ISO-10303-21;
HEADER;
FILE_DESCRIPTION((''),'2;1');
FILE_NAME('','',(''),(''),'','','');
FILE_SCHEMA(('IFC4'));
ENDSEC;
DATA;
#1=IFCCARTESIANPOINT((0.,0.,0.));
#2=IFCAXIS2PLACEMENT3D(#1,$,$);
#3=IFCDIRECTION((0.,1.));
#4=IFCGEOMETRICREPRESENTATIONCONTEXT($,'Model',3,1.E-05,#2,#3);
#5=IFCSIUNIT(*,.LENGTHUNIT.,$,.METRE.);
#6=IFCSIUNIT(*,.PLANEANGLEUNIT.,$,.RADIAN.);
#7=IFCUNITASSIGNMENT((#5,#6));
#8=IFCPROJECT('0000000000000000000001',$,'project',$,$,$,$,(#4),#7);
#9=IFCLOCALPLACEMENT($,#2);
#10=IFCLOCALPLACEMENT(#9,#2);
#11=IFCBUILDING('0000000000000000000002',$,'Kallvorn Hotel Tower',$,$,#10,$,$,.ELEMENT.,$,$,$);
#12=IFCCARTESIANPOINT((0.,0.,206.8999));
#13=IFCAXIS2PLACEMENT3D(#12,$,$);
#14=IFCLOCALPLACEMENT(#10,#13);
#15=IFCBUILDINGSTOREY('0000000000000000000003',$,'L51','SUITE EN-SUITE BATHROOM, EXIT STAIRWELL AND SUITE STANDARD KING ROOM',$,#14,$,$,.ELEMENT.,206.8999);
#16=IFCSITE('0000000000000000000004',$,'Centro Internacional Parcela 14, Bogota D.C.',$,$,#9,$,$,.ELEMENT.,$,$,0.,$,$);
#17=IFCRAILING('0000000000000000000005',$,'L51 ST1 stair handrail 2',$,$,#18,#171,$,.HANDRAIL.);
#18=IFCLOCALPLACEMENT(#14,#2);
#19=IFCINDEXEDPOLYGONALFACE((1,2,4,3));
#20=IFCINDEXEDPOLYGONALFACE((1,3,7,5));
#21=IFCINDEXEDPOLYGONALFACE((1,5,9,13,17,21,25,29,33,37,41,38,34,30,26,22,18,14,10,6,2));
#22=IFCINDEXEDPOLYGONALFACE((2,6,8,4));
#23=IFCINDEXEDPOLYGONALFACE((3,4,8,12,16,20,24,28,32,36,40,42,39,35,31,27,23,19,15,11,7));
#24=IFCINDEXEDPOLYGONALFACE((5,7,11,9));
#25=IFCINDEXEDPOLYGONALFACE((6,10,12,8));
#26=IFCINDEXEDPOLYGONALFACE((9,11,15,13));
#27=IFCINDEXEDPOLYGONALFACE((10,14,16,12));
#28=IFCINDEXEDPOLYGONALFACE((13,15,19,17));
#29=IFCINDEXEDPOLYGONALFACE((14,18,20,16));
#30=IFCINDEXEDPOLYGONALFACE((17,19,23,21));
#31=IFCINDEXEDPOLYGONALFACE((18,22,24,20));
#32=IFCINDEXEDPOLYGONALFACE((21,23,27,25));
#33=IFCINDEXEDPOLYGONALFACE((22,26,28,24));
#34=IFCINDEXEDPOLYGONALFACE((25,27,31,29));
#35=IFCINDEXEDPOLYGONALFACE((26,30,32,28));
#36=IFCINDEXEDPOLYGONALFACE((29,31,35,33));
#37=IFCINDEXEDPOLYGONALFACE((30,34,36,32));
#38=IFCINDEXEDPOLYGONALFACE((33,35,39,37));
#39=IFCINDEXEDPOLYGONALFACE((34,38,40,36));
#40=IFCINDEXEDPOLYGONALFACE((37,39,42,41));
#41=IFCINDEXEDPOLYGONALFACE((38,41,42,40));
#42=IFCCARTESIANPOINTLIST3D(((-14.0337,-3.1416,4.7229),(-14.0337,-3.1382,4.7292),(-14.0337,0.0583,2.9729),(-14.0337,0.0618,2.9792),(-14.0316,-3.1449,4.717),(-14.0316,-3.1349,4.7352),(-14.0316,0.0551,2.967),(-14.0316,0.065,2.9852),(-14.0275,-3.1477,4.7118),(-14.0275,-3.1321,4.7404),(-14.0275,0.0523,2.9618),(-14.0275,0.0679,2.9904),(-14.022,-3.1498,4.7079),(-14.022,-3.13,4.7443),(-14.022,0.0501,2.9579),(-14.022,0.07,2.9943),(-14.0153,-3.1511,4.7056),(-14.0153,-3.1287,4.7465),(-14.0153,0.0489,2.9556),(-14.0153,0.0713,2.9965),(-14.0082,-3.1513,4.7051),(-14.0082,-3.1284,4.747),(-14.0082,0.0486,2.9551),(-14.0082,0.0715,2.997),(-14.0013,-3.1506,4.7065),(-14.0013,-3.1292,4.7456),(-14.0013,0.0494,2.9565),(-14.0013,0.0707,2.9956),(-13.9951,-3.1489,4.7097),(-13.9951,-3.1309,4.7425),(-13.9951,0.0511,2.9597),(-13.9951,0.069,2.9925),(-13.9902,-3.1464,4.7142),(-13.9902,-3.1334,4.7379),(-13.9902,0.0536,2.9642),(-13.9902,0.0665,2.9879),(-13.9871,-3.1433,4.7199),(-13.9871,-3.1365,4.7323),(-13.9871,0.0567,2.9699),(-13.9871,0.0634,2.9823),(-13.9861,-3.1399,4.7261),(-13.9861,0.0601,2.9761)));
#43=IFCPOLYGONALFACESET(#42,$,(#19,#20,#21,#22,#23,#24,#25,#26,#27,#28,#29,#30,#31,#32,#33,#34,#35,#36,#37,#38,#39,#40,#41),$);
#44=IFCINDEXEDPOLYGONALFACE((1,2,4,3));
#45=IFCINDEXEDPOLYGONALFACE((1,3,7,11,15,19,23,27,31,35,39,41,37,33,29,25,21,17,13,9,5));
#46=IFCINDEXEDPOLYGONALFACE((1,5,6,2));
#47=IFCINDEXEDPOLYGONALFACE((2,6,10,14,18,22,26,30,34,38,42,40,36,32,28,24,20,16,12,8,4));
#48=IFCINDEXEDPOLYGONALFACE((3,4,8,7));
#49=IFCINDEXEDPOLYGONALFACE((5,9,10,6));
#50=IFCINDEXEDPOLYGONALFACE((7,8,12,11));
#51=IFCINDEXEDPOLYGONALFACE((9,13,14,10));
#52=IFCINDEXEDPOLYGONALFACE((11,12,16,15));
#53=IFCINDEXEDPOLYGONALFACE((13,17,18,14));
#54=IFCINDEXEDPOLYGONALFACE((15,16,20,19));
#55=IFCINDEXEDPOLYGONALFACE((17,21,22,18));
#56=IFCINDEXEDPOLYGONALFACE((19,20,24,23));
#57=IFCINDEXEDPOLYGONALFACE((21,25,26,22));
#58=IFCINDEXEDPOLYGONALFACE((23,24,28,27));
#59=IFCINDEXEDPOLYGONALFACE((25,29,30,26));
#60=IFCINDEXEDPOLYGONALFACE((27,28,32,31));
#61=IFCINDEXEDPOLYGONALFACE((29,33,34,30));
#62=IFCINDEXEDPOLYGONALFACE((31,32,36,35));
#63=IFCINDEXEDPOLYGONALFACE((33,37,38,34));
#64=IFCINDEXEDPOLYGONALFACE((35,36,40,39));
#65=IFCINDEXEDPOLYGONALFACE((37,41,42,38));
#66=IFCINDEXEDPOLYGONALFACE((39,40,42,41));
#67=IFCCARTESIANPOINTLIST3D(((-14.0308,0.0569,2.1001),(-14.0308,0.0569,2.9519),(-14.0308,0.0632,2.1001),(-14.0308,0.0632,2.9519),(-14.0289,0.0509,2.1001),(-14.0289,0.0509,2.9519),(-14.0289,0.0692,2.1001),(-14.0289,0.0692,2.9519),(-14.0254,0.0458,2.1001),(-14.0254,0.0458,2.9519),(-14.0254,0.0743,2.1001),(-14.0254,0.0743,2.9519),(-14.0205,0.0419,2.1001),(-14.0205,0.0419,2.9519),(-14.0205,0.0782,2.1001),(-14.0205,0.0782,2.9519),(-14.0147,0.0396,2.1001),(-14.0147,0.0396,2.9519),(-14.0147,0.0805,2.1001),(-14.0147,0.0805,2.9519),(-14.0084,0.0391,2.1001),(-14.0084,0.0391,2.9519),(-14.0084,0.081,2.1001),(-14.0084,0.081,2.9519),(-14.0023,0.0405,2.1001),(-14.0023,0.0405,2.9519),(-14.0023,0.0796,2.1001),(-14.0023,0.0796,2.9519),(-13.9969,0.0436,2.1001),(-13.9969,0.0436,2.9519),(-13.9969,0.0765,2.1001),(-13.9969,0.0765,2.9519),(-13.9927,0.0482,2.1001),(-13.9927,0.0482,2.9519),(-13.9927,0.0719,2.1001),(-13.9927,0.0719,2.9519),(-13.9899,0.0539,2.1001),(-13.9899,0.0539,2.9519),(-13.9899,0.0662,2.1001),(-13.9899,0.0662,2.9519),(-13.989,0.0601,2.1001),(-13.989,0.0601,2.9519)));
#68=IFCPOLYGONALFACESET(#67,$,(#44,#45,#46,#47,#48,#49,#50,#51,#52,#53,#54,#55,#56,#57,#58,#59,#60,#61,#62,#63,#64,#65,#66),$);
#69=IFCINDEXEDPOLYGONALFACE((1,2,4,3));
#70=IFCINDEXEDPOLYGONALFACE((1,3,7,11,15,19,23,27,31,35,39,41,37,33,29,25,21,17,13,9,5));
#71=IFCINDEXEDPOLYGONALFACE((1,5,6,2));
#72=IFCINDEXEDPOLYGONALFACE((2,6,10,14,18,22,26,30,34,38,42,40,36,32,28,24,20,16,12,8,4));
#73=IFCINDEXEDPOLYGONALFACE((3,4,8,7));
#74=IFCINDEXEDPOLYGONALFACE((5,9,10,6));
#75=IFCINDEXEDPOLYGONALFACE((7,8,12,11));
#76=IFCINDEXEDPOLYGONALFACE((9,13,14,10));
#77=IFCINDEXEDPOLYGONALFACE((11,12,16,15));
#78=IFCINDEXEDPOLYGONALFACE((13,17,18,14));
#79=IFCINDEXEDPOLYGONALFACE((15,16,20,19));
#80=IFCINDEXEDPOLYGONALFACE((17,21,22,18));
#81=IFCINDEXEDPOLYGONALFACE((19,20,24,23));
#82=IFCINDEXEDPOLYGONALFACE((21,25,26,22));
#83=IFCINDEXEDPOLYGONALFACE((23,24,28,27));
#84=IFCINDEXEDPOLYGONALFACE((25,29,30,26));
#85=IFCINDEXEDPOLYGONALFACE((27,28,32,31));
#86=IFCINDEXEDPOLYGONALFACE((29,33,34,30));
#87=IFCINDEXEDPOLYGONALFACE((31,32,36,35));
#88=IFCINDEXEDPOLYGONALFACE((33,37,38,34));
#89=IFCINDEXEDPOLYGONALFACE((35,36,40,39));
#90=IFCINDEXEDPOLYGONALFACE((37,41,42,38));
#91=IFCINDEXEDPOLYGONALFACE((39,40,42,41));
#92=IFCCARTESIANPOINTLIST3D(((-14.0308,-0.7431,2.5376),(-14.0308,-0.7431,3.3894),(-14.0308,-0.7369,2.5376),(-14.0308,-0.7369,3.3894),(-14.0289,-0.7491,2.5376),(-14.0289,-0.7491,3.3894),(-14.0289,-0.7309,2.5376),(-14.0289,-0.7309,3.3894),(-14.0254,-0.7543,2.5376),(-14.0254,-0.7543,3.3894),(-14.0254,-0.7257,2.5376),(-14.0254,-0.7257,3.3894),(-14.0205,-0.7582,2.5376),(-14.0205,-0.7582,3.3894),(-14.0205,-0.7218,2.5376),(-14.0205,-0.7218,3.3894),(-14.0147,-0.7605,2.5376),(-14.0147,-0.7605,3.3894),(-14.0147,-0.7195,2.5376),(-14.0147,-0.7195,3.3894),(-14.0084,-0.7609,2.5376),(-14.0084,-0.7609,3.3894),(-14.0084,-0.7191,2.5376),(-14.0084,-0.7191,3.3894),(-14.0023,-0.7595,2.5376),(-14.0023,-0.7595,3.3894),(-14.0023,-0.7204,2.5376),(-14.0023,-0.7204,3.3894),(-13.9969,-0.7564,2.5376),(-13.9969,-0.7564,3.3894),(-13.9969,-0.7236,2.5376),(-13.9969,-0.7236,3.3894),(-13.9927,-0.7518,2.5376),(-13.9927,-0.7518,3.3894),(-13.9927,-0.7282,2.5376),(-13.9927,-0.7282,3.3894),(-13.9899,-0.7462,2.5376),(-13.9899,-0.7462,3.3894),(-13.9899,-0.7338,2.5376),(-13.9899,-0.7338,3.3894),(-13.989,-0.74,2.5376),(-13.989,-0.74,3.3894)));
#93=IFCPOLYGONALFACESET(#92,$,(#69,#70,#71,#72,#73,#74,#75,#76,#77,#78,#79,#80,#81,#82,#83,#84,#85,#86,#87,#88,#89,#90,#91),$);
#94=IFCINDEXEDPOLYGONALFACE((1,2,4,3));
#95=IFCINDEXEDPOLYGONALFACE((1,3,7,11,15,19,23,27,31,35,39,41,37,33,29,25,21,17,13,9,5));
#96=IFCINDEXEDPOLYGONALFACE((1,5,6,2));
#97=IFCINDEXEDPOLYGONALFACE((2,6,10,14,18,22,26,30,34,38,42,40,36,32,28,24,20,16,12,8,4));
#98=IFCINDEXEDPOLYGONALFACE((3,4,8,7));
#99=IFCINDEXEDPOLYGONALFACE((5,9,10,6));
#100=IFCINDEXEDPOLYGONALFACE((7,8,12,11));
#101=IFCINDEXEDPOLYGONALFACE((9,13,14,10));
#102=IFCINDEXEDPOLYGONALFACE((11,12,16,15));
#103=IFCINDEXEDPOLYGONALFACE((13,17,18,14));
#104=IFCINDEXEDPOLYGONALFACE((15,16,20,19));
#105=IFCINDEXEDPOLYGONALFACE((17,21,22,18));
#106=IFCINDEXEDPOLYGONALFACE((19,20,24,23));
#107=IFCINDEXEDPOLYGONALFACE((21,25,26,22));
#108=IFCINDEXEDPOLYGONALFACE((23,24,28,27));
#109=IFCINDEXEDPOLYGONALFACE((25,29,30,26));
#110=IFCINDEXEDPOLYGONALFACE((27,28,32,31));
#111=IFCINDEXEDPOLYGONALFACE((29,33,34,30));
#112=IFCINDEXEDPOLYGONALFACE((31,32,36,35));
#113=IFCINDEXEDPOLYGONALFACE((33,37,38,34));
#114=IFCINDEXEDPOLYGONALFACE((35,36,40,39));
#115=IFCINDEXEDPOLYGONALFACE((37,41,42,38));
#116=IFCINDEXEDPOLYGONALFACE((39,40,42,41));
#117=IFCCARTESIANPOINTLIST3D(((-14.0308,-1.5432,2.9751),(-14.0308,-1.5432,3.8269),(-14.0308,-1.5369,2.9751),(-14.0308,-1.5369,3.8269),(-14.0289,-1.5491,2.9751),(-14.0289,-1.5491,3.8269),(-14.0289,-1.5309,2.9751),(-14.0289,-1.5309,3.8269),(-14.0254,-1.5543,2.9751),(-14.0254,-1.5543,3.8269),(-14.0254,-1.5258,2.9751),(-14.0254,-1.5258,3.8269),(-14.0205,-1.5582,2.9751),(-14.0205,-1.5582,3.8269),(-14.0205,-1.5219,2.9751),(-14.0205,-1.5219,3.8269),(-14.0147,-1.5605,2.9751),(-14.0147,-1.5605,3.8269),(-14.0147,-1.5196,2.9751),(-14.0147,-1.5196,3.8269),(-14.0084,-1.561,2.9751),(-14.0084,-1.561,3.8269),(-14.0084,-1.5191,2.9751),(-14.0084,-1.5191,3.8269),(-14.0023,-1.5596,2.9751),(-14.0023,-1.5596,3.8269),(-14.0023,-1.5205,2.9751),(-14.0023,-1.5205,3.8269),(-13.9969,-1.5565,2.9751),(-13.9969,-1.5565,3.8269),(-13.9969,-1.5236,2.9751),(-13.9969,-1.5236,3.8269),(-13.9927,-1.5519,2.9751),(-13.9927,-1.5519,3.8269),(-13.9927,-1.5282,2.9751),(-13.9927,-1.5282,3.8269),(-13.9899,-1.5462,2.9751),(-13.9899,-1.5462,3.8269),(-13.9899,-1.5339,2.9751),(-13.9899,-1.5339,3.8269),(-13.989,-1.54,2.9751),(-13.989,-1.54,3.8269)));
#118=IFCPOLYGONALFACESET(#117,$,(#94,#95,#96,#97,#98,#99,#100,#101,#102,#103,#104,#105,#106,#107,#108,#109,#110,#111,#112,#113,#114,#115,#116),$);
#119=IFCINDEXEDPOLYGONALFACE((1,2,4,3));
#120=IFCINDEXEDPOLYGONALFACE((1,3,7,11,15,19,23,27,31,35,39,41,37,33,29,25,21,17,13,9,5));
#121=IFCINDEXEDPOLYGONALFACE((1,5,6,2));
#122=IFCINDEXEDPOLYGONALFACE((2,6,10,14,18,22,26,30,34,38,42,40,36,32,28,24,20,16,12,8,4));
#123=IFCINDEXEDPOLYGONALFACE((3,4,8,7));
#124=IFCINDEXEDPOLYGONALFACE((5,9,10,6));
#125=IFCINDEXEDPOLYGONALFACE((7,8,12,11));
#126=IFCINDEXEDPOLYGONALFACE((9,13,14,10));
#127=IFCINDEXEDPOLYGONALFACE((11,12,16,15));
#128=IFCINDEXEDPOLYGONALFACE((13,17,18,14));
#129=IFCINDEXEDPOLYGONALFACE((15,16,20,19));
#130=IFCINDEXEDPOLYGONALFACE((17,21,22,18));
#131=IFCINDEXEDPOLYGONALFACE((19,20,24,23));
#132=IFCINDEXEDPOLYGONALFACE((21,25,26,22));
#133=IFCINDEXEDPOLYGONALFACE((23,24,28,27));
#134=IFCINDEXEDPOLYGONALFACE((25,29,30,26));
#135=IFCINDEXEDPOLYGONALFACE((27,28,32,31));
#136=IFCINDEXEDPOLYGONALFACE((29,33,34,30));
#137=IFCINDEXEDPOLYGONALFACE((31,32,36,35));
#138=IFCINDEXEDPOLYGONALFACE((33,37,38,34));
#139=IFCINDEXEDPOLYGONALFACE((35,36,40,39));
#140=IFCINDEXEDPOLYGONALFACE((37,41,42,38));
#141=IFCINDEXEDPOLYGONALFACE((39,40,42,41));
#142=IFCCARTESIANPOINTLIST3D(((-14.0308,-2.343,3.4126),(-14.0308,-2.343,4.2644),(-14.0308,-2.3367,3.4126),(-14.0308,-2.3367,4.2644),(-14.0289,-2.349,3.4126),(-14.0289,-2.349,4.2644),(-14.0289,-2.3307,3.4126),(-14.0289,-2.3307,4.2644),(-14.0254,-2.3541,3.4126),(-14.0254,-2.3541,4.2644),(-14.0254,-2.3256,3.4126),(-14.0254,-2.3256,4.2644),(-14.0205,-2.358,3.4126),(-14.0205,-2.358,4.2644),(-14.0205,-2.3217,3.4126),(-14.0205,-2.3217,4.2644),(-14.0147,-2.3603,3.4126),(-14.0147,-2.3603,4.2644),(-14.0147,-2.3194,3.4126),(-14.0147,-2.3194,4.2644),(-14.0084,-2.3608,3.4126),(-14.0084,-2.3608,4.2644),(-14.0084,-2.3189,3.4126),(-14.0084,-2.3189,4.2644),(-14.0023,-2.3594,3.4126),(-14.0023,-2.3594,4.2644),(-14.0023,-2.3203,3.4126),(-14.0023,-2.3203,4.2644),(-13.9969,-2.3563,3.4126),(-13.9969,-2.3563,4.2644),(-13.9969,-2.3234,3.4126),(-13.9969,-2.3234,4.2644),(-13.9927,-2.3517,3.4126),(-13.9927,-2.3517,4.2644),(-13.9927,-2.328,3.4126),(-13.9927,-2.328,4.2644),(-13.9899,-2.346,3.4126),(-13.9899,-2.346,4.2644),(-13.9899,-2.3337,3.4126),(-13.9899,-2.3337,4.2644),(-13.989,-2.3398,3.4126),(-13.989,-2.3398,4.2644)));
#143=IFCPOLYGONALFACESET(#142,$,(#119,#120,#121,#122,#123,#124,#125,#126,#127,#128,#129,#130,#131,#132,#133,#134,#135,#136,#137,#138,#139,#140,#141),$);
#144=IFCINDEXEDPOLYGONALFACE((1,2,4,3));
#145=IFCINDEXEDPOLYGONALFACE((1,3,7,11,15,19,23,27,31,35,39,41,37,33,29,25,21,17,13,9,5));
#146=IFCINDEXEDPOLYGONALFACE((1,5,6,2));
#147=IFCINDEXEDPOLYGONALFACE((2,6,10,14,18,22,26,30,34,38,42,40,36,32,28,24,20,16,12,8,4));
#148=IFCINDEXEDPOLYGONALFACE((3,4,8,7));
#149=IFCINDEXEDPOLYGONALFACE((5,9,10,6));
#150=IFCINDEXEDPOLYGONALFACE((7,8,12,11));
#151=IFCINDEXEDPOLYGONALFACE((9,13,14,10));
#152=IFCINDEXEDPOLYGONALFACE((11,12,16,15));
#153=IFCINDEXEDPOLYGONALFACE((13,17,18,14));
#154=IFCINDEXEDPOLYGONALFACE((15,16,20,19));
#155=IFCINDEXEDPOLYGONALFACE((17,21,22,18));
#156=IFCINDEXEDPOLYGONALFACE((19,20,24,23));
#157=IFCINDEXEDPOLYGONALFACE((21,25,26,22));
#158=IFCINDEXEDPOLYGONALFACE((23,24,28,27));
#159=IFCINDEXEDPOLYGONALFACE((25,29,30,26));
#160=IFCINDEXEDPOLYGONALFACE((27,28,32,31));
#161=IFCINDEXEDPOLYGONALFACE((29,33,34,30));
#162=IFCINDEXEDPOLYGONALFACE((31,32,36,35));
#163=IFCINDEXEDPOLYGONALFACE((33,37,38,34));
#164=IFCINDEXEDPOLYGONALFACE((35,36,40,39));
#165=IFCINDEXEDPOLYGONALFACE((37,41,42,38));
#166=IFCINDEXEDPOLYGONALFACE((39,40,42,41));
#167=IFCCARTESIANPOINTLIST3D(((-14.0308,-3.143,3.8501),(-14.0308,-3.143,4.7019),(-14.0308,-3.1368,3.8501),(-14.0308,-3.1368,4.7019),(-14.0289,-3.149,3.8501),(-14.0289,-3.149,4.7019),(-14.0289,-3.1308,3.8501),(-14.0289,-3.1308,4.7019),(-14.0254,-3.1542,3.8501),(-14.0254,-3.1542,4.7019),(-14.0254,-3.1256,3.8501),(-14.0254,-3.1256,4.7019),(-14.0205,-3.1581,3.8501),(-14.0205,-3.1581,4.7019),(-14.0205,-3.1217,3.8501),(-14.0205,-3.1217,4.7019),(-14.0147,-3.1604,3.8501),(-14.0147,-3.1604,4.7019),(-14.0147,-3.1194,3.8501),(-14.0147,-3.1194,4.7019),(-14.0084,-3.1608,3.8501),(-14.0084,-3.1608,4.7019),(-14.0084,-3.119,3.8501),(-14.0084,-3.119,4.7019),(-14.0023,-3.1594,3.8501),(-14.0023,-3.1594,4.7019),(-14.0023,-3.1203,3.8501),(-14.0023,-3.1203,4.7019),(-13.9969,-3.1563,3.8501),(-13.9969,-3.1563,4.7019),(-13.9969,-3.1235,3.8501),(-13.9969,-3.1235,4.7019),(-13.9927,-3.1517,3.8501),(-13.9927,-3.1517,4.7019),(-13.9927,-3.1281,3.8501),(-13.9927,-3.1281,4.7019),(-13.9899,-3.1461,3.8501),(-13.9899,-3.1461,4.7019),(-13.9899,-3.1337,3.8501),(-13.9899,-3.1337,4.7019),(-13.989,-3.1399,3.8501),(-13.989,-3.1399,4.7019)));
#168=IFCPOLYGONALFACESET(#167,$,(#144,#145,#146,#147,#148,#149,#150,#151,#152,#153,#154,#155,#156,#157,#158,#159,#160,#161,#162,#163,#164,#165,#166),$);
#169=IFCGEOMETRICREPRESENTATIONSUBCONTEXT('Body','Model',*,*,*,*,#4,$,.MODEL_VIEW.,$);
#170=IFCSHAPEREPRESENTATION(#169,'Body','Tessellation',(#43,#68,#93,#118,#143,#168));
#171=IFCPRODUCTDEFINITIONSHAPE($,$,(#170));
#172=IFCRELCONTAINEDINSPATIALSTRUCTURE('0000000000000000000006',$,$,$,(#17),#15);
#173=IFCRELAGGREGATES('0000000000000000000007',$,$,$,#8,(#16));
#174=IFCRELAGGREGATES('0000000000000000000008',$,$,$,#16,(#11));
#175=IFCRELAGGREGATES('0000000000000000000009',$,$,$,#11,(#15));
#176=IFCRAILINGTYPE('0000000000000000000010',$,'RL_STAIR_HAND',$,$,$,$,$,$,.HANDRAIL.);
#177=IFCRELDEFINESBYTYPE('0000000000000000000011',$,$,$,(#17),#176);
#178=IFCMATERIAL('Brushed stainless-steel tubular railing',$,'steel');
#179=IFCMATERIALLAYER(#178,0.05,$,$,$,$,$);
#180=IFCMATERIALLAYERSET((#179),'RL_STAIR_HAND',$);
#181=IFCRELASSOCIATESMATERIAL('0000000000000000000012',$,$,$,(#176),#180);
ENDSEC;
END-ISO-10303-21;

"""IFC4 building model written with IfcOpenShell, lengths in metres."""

from ifc_helpers import new_model, si_unit, direction, frame, origin, origin_2d, place, context, subcontext, project, spatial, circle, extrude, material, layer, layer_set, type_object, element, save


model = new_model("IFC4")

# Units and contexts
model_context = context("Model", 3, precision=1e-05, world=origin(), true_north=direction((0.0, 1.0)))
body_context = subcontext(model_context, "Body", "Model", "MODEL_VIEW")
ifc_project = project(units=[si_unit("LENGTHUNIT", "METRE"), si_unit("PLANEANGLEUNIT", "RADIAN")], contexts=[model_context])

# Site, building, storey
site_placement = place(None, origin())
site = spatial("IfcSite", under=ifc_project, at=site_placement, Name="Centro Internacional Parcela 14, Bogota D.C.", CompositionType="ELEMENT", RefElevation=0.0)
building_placement = place(site_placement, origin())
building = spatial("IfcBuilding", under=site, at=building_placement, Name="Kallvorn Hotel Tower", CompositionType="ELEMENT")
storey_placement = place(building_placement, frame((0.0, 0.0, 206.8999)))
storey = spatial("IfcBuildingStorey", under=building, at=storey_placement, Name="L51", Description="SUITE EN-SUITE BATHROOM, EXIT STAIRWELL AND SUITE STANDARD KING ROOM", CompositionType="ELEMENT", Elevation=206.8999)

# Railing
ifc_material_1 = material(Name="Brushed stainless-steel tubular railing", Category="steel")
ifc_layer_1 = layer(ifc_material_1, 0.05)
ifc_layer_set_1 = layer_set([ifc_layer_1], Name="RL_STAIR_HAND")
railing_type_1 = type_object("IfcRailingType", Name="RL_STAIR_HAND", PredefinedType="HANDRAIL", material=ifc_layer_set_1)
railing_1_placement = place(storey_placement, frame((-14.01, 0.0601, 2.1001)))
element("IfcRailing", 1, at=railing_1_placement, inside=storey, type_object=railing_type_1, Name="L51 ST1 stair handrail 2", PredefinedType="HANDRAIL", context=body_context, shape_type="SweptSolid", body=[
    extrude(circle(Radius=0.0239, at=origin_2d()), frame((0.0, 0.0, 0.876), z_axis=(0.0, -0.877368, 0.479818), x_axis=(1.0, 0.0, 0.0)), (0.0, 0.0, 1.0), 3.6472),
    extrude(circle(Radius=0.021, at=origin_2d()), origin(), (0.0, 0.0, 1.0), 0.8518),
    extrude(circle(Radius=0.021, at=origin_2d()), frame((0.0, -0.8, 0.4375)), (0.0, 0.0, 1.0), 0.8518),
    extrude(circle(Radius=0.021, at=origin_2d()), frame((0.0, -1.6001, 0.875)), (0.0, 0.0, 1.0), 0.8518),
    extrude(circle(Radius=0.021, at=origin_2d()), frame((0.0, -2.3999, 1.3125)), (0.0, 0.0, 1.0), 0.8518),
    extrude(circle(Radius=0.021, at=origin_2d()), frame((0.0, -3.2, 1.75)), (0.0, 0.0, 1.0), 0.8518),
])

save(model, "model.ifc")
